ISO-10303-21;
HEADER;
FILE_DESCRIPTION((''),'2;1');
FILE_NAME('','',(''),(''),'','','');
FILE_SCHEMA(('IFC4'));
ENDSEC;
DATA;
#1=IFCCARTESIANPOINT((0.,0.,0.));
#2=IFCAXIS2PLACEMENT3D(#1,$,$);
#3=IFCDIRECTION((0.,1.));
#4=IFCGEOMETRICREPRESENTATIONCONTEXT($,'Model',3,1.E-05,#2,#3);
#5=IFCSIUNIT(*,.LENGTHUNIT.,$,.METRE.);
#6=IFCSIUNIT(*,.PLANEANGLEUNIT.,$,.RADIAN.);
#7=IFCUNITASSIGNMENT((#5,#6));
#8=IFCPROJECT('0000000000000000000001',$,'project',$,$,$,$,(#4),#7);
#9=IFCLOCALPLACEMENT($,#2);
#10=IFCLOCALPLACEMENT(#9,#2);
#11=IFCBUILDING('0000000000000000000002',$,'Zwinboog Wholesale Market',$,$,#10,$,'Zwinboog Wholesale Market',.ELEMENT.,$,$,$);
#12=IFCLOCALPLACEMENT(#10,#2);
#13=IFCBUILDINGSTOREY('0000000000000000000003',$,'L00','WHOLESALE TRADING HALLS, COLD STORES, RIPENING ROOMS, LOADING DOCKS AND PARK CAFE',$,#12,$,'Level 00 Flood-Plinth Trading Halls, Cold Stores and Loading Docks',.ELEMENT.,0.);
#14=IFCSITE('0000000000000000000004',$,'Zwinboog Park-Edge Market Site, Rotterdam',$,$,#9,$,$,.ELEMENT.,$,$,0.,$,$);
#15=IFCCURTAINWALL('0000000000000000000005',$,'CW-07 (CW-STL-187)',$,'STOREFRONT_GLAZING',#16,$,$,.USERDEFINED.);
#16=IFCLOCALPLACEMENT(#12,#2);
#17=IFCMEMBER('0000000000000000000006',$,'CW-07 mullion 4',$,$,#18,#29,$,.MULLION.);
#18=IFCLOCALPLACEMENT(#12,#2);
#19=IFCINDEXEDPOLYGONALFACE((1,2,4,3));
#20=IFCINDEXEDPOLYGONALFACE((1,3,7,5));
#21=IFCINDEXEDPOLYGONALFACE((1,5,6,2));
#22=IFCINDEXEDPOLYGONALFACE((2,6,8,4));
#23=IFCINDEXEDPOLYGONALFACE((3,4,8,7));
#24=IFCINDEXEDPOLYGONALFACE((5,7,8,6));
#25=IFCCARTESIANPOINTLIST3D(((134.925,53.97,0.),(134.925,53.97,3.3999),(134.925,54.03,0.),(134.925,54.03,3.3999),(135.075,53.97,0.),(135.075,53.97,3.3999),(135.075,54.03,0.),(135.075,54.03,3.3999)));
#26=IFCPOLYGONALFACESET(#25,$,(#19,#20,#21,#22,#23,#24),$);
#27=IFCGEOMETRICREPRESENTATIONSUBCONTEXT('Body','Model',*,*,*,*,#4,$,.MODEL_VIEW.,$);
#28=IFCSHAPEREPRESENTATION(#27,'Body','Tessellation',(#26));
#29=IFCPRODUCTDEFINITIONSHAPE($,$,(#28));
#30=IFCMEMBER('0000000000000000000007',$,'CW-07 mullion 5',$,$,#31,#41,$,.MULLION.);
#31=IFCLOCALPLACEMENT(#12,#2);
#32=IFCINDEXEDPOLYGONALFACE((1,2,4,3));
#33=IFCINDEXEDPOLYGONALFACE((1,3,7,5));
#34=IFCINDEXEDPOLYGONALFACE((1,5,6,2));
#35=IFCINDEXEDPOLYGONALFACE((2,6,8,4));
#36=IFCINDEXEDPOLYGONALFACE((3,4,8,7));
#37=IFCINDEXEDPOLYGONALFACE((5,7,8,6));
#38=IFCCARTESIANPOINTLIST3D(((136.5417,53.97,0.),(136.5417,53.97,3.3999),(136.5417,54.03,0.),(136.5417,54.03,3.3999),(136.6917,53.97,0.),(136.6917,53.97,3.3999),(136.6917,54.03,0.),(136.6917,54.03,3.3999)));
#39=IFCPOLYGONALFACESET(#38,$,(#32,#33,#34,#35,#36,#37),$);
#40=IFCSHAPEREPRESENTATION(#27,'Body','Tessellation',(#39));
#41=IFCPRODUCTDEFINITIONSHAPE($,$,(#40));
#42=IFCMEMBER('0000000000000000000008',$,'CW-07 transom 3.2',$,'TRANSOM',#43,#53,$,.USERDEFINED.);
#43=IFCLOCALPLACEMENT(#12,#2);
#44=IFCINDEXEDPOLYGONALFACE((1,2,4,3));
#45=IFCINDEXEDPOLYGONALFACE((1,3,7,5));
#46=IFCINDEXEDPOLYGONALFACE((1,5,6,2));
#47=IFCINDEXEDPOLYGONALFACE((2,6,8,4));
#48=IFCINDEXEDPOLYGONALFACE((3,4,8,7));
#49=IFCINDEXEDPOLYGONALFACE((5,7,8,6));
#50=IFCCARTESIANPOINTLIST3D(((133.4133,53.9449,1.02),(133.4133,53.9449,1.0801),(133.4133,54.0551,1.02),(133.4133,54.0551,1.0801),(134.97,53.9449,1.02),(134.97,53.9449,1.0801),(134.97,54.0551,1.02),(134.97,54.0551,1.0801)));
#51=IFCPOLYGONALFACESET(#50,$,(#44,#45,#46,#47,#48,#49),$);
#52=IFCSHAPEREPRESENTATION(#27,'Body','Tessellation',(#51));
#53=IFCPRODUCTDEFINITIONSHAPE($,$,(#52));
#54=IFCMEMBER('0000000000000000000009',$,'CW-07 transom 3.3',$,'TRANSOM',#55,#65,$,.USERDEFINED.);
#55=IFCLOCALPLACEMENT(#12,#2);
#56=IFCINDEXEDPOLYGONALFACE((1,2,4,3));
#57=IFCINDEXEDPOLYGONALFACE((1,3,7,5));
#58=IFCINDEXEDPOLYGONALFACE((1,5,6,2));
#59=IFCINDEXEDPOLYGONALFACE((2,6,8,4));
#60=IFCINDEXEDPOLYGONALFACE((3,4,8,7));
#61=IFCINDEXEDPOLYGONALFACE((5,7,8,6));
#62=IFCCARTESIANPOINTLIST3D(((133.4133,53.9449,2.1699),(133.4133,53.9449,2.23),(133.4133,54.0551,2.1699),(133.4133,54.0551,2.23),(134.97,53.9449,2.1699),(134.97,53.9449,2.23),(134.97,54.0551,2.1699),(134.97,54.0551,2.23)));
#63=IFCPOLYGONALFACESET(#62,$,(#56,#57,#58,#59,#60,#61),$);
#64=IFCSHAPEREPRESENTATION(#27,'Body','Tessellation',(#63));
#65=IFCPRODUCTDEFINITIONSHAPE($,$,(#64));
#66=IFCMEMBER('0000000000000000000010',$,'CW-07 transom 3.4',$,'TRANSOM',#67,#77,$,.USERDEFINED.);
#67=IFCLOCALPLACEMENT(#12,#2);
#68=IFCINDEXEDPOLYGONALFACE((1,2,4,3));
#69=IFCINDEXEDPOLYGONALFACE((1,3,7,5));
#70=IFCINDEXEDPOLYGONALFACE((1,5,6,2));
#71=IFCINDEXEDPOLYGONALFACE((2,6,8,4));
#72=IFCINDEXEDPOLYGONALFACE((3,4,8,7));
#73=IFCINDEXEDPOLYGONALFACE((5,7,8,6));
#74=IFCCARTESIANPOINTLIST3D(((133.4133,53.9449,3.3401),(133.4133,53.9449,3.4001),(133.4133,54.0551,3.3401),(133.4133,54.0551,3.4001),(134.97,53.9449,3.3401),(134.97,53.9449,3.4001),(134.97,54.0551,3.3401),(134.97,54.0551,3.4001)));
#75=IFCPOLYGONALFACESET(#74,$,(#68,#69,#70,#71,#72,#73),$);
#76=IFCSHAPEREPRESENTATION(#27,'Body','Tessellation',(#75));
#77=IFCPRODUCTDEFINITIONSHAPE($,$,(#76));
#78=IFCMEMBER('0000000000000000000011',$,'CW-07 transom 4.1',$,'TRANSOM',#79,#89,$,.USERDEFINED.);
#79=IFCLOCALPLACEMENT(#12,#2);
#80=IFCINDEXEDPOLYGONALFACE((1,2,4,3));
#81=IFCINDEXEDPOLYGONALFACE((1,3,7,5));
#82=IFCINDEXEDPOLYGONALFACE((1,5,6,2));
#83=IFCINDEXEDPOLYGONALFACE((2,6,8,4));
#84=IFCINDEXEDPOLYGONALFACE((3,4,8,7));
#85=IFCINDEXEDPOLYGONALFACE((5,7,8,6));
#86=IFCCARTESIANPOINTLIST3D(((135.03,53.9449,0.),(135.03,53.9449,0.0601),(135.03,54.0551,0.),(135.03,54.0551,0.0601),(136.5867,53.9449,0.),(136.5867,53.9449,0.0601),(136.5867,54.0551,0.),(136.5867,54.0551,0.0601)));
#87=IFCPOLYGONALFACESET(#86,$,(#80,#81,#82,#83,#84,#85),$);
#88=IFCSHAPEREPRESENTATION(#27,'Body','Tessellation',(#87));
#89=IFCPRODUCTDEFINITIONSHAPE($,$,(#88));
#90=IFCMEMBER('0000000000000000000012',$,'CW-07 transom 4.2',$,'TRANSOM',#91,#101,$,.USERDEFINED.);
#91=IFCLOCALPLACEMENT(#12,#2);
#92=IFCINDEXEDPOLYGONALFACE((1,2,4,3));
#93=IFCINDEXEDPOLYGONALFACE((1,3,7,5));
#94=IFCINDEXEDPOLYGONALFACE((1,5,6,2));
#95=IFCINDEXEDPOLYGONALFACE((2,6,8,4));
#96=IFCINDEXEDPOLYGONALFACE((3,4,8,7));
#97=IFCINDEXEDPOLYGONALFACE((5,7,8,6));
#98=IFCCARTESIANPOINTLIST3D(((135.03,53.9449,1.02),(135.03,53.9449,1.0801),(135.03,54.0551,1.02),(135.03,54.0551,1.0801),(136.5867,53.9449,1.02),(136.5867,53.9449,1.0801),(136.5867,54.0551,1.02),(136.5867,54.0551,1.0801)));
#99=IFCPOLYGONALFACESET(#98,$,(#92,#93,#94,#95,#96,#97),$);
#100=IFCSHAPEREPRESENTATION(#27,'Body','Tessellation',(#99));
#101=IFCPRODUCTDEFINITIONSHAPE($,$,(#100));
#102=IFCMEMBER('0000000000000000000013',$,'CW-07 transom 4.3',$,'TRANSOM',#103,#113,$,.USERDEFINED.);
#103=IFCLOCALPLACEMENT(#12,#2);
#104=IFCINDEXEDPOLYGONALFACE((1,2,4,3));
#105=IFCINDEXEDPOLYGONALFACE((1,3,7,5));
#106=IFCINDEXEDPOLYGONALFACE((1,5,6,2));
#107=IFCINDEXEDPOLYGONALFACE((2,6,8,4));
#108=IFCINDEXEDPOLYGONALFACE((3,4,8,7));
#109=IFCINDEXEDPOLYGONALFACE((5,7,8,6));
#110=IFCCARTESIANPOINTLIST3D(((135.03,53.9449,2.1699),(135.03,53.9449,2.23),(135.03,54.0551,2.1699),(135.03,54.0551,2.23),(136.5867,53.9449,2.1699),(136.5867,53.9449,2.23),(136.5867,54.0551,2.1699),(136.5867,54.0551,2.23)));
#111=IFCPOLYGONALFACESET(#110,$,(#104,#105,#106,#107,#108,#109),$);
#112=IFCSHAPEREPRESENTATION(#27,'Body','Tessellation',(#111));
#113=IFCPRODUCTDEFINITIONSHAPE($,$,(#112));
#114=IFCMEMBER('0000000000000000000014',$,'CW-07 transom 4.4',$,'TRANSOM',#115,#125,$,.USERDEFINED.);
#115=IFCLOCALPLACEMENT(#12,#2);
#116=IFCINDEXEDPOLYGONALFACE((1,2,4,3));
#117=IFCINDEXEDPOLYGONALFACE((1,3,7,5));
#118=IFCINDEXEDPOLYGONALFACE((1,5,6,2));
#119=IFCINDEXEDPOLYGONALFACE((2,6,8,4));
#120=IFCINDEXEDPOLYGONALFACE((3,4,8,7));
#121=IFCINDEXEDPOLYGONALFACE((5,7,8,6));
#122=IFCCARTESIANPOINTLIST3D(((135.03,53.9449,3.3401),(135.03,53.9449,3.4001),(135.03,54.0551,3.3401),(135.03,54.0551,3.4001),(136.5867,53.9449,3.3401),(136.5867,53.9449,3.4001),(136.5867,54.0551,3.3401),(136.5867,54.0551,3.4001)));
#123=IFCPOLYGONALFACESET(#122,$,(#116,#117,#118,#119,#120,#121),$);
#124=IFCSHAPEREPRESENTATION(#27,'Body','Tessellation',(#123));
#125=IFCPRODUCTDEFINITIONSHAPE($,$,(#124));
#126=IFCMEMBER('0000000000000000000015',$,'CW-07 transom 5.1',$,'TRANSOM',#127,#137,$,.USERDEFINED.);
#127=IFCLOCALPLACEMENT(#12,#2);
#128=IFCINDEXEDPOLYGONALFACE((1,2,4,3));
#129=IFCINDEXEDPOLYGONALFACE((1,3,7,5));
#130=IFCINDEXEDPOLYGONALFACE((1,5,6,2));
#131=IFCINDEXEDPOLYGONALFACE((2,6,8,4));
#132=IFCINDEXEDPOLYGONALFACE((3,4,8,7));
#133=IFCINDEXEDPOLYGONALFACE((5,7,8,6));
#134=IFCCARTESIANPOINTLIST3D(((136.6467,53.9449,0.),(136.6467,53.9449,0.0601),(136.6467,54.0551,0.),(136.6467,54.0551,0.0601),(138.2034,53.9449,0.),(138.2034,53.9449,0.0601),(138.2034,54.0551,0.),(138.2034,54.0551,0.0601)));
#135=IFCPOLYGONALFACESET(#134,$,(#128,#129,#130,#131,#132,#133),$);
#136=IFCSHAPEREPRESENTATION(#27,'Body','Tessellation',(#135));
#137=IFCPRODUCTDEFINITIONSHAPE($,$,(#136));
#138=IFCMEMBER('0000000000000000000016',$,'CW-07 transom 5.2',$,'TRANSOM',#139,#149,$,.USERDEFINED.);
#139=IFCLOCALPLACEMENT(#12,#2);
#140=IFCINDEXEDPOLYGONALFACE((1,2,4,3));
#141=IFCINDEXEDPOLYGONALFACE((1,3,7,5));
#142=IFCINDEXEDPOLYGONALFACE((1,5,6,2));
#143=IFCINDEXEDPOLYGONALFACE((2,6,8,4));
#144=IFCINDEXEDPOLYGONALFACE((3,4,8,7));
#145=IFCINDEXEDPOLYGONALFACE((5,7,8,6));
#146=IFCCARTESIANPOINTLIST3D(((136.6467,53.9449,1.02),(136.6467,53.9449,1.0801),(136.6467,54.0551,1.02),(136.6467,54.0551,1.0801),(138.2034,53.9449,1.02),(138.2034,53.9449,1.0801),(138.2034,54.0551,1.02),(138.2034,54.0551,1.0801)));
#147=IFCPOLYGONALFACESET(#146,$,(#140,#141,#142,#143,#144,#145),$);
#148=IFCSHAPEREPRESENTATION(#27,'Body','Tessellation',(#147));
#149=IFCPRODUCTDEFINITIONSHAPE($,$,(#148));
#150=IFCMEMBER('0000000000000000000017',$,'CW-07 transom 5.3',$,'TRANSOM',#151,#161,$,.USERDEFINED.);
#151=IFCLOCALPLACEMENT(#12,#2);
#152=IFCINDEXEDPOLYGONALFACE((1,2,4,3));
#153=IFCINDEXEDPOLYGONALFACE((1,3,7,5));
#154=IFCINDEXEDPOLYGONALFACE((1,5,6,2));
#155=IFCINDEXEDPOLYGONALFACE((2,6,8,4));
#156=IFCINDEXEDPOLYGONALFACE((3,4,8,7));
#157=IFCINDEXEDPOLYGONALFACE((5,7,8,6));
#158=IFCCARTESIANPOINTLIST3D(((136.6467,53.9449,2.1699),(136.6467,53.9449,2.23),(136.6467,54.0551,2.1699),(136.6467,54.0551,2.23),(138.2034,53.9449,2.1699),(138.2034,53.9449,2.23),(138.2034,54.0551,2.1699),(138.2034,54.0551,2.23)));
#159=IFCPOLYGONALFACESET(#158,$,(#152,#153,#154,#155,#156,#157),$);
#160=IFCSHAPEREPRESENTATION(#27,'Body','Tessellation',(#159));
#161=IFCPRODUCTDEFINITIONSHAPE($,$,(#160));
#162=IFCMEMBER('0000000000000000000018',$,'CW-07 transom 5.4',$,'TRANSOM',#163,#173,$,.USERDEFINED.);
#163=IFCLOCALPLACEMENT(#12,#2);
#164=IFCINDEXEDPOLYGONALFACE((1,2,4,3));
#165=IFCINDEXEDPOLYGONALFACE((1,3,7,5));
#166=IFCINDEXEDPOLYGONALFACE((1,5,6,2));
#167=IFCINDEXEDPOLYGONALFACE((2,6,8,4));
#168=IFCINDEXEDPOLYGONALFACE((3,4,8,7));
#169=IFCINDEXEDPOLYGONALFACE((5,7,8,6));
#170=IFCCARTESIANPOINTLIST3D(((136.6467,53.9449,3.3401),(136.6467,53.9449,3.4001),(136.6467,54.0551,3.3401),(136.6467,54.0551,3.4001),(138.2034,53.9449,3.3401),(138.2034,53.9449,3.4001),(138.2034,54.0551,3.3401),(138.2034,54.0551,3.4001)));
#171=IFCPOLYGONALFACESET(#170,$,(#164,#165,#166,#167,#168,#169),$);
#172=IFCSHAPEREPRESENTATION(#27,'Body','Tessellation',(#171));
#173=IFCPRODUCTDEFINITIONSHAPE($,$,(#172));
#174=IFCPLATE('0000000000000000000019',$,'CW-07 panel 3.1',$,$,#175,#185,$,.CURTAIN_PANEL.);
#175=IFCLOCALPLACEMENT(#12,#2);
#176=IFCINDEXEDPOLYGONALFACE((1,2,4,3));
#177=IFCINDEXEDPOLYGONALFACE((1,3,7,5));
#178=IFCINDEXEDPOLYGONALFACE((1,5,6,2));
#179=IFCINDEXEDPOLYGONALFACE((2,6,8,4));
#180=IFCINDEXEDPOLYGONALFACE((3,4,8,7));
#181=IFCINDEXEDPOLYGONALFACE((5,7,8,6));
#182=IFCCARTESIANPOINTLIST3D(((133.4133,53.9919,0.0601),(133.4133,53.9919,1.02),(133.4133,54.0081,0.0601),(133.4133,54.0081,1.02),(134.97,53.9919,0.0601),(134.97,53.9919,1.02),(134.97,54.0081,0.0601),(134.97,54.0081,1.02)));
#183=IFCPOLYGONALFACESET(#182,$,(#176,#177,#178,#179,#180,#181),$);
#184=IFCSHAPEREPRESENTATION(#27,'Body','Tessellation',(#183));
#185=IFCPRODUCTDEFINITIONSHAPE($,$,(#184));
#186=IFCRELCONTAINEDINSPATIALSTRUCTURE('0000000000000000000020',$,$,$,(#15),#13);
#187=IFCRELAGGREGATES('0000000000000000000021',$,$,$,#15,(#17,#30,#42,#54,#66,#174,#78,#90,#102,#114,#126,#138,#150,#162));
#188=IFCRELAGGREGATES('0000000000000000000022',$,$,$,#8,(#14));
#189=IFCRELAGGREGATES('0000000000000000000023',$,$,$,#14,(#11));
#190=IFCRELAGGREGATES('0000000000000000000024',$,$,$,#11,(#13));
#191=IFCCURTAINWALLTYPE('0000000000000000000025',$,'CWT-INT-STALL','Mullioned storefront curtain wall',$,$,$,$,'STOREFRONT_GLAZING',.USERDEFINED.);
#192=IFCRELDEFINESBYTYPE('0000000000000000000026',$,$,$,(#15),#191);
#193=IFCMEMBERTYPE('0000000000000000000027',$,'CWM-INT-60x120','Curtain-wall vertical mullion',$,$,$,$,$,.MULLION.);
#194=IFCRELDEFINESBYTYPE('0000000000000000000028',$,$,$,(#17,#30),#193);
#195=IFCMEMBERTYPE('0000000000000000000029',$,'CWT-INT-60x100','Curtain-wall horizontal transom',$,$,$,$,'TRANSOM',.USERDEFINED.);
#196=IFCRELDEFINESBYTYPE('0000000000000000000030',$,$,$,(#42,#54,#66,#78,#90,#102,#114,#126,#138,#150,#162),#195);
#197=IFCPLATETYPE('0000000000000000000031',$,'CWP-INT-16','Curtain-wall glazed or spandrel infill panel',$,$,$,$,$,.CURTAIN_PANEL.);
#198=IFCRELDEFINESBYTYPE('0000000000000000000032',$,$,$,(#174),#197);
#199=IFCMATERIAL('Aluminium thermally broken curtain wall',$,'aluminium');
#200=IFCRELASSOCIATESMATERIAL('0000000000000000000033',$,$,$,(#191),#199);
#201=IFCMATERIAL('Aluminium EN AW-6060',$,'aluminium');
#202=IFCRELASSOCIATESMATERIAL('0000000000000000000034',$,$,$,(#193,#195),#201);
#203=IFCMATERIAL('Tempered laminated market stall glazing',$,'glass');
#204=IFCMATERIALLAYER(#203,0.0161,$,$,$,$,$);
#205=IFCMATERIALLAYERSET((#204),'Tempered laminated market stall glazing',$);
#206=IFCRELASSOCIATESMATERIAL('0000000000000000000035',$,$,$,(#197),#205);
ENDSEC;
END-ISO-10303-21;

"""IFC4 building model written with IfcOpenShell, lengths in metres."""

from ifc_helpers import new_model, si_unit, direction, frame, origin, origin_2d, place, context, subcontext, project, spatial, rectangle, extrude, material, layer, layer_set, material_profile, profile_set, type_object, element, aggregate, save


model = new_model("IFC4")

# Units and contexts
model_context = context("Model", 3, precision=1e-05, world=origin(), true_north=direction((0.0, 1.0)))
body_context = subcontext(model_context, "Body", "Model", "MODEL_VIEW")
ifc_project = project(units=[si_unit("LENGTHUNIT", "METRE"), si_unit("PLANEANGLEUNIT", "RADIAN")], contexts=[model_context])

# Site, building, storey
site_placement = place(None, origin())
site = spatial("IfcSite", under=ifc_project, at=site_placement, Name="Zwinboog Park-Edge Market Site, Rotterdam", CompositionType="ELEMENT", RefElevation=0.0)
building_placement = place(site_placement, origin())
building = spatial("IfcBuilding", under=site, at=building_placement, Name="Zwinboog Wholesale Market", LongName="Zwinboog Wholesale Market", CompositionType="ELEMENT")
storey_placement = place(building_placement, origin())
storey = spatial("IfcBuildingStorey", under=building, at=storey_placement, Name="L00", Description="WHOLESALE TRADING HALLS, COLD STORES, RIPENING ROOMS, LOADING DOCKS AND PARK CAFE", LongName="Level 00 Flood-Plinth Trading Halls, Cold Stores and Loading Docks", CompositionType="ELEMENT", Elevation=0.0)

# Curtain wall, members, plate
ifc_material_1 = material(Name="Aluminium thermally broken curtain wall", Category="aluminium")
curtain_wall_type = type_object("IfcCurtainWallType", Name="CWT-INT-STALL", Description="Mullioned storefront curtain wall", ElementType="STOREFRONT_GLAZING", PredefinedType="USERDEFINED", material=ifc_material_1)
curtain_wall_placement = place(storey_placement, origin())
curtain_wall = element("IfcCurtainWall", 1, at=curtain_wall_placement, inside=storey, type_object=curtain_wall_type, Name="CW-07 (CW-STL-187)", ObjectType="STOREFRONT_GLAZING", PredefinedType="USERDEFINED")
ifc_material_2 = material(Name="Aluminium EN AW-6060", Category="aluminium")
ifc_material_profile_1 = material_profile(ifc_material_2, rectangle(XDim=0.0601, YDim=0.1499, at=origin_2d()), Name="AL 60x150")
ifc_profile_set_1 = profile_set([ifc_material_profile_1], Name="Aluminium EN AW-6060")
member_type_1 = type_object("IfcMemberType", Name="CWM-INT-60x120", Description="Curtain-wall vertical mullion", PredefinedType="MULLION", material=ifc_profile_set_1)
member_1_placement = place(storey_placement, frame((135.0, 54.0, 0.0), z_axis=(0.0, 0.0, 1.0), x_axis=(0.0, 1.0, 0.0)))
member_1 = element("IfcMember", 2, at=member_1_placement, type_object=member_type_1, Name="CW-07 mullion 4", PredefinedType="MULLION", context=body_context, shape_type="SweptSolid", body=[
    extrude(rectangle(XDim=0.0601, YDim=0.1499, at=origin_2d()), origin(), (0.0, 0.0, 1.0), 3.3999),
])
member_2_placement = place(storey_placement, frame((136.6167, 54.0, 0.0), z_axis=(0.0, 0.0, 1.0), x_axis=(0.0, 1.0, 0.0)))
member_2 = element("IfcMember", 3, at=member_2_placement, type_object=member_type_1, Name="CW-07 mullion 5", PredefinedType="MULLION", context=body_context, shape_type="SweptSolid", body=[
    extrude(rectangle(XDim=0.0601, YDim=0.1499, at=origin_2d()), origin(), (0.0, 0.0, 1.0), 3.3999),
])
ifc_material_profile_2 = material_profile(ifc_material_2, rectangle(XDim=0.1101, YDim=0.0601, at=origin_2d()), Name="AL 60x110")
ifc_profile_set_2 = profile_set([ifc_material_profile_2], Name="Aluminium EN AW-6060")
member_type_2 = type_object("IfcMemberType", Name="CWT-INT-60x100", Description="Curtain-wall horizontal transom", ElementType="TRANSOM", PredefinedType="USERDEFINED", material=ifc_profile_set_2)
member_3_placement = place(storey_placement, frame((133.4133, 54.0, 1.05), z_axis=(1.0, 0.0, 0.0), x_axis=(0.0, 1.0, 0.0)))
member_3 = element("IfcMember", 4, at=member_3_placement, type_object=member_type_2, Name="CW-07 transom 3.2", ObjectType="TRANSOM", PredefinedType="USERDEFINED", context=body_context, shape_type="SweptSolid", body=[
    extrude(rectangle(XDim=0.1101, YDim=0.0601, at=origin_2d()), origin(), (0.0, 0.0, 1.0), 1.5566),
])
member_4_placement = place(storey_placement, frame((133.4133, 54.0, 2.2), z_axis=(1.0, 0.0, 0.0), x_axis=(0.0, 1.0, 0.0)))
member_4 = element("IfcMember", 5, at=member_4_placement, type_object=member_type_2, Name="CW-07 transom 3.3", ObjectType="TRANSOM", PredefinedType="USERDEFINED", context=body_context, shape_type="SweptSolid", body=[
    extrude(rectangle(XDim=0.1101, YDim=0.0601, at=origin_2d()), origin(), (0.0, 0.0, 1.0), 1.5566),
])
member_5_placement = place(storey_placement, frame((133.4133, 54.0, 3.3701), z_axis=(1.0, 0.0, 0.0), x_axis=(0.0, 1.0, 0.0)))
member_5 = element("IfcMember", 6, at=member_5_placement, type_object=member_type_2, Name="CW-07 transom 3.4", ObjectType="TRANSOM", PredefinedType="USERDEFINED", context=body_context, shape_type="SweptSolid", body=[
    extrude(rectangle(XDim=0.1101, YDim=0.0601, at=origin_2d()), origin(), (0.0, 0.0, 1.0), 1.5566),
])
member_6_placement = place(storey_placement, frame((135.03, 54.0, 0.03), z_axis=(1.0, 0.0, 0.0), x_axis=(0.0, 1.0, 0.0)))
member_6 = element("IfcMember", 7, at=member_6_placement, type_object=member_type_2, Name="CW-07 transom 4.1", ObjectType="TRANSOM", PredefinedType="USERDEFINED", context=body_context, shape_type="SweptSolid", body=[
    extrude(rectangle(XDim=0.1101, YDim=0.0601, at=origin_2d()), origin(), (0.0, 0.0, 1.0), 1.5566),
])
member_7_placement = place(storey_placement, frame((135.03, 54.0, 1.05), z_axis=(1.0, 0.0, 0.0), x_axis=(0.0, 1.0, 0.0)))
member_7 = element("IfcMember", 8, at=member_7_placement, type_object=member_type_2, Name="CW-07 transom 4.2", ObjectType="TRANSOM", PredefinedType="USERDEFINED", context=body_context, shape_type="SweptSolid", body=[
    extrude(rectangle(XDim=0.1101, YDim=0.0601, at=origin_2d()), origin(), (0.0, 0.0, 1.0), 1.5566),
])
member_8_placement = place(storey_placement, frame((135.03, 54.0, 2.2), z_axis=(1.0, 0.0, 0.0), x_axis=(0.0, 1.0, 0.0)))
member_8 = element("IfcMember", 9, at=member_8_placement, type_object=member_type_2, Name="CW-07 transom 4.3", ObjectType="TRANSOM", PredefinedType="USERDEFINED", context=body_context, shape_type="SweptSolid", body=[
    extrude(rectangle(XDim=0.1101, YDim=0.0601, at=origin_2d()), origin(), (0.0, 0.0, 1.0), 1.5566),
])
member_9_placement = place(storey_placement, frame((135.03, 54.0, 3.3701), z_axis=(1.0, 0.0, 0.0), x_axis=(0.0, 1.0, 0.0)))
member_9 = element("IfcMember", 10, at=member_9_placement, type_object=member_type_2, Name="CW-07 transom 4.4", ObjectType="TRANSOM", PredefinedType="USERDEFINED", context=body_context, shape_type="SweptSolid", body=[
    extrude(rectangle(XDim=0.1101, YDim=0.0601, at=origin_2d()), origin(), (0.0, 0.0, 1.0), 1.5566),
])
member_10_placement = place(storey_placement, frame((136.6467, 54.0, 0.03), z_axis=(1.0, 0.0, 0.0), x_axis=(0.0, 1.0, 0.0)))
member_10 = element("IfcMember", 11, at=member_10_placement, type_object=member_type_2, Name="CW-07 transom 5.1", ObjectType="TRANSOM", PredefinedType="USERDEFINED", context=body_context, shape_type="SweptSolid", body=[
    extrude(rectangle(XDim=0.1101, YDim=0.0601, at=origin_2d()), origin(), (0.0, 0.0, 1.0), 1.5566),
])
member_11_placement = place(storey_placement, frame((136.6467, 54.0, 1.05), z_axis=(1.0, 0.0, 0.0), x_axis=(0.0, 1.0, 0.0)))
member_11 = element("IfcMember", 12, at=member_11_placement, type_object=member_type_2, Name="CW-07 transom 5.2", ObjectType="TRANSOM", PredefinedType="USERDEFINED", context=body_context, shape_type="SweptSolid", body=[
    extrude(rectangle(XDim=0.1101, YDim=0.0601, at=origin_2d()), origin(), (0.0, 0.0, 1.0), 1.5566),
])
member_12_placement = place(storey_placement, frame((136.6467, 54.0, 2.2), z_axis=(1.0, 0.0, 0.0), x_axis=(0.0, 1.0, 0.0)))
member_12 = element("IfcMember", 13, at=member_12_placement, type_object=member_type_2, Name="CW-07 transom 5.3", ObjectType="TRANSOM", PredefinedType="USERDEFINED", context=body_context, shape_type="SweptSolid", body=[
    extrude(rectangle(XDim=0.1101, YDim=0.0601, at=origin_2d()), origin(), (0.0, 0.0, 1.0), 1.5566),
])
member_13_placement = place(storey_placement, frame((136.6467, 54.0, 3.3701), z_axis=(1.0, 0.0, 0.0), x_axis=(0.0, 1.0, 0.0)))
member_13 = element("IfcMember", 14, at=member_13_placement, type_object=member_type_2, Name="CW-07 transom 5.4", ObjectType="TRANSOM", PredefinedType="USERDEFINED", context=body_context, shape_type="SweptSolid", body=[
    extrude(rectangle(XDim=0.1101, YDim=0.0601, at=origin_2d()), origin(), (0.0, 0.0, 1.0), 1.5566),
])
ifc_material_3 = material(Name="Tempered laminated market stall glazing", Category="glass")
ifc_layer = layer(ifc_material_3, 0.0161)
ifc_layer_set = layer_set([ifc_layer], Name="Tempered laminated market stall glazing")
plate_type = type_object("IfcPlateType", Name="CWP-INT-16", Description="Curtain-wall glazed or spandrel infill panel", PredefinedType="CURTAIN_PANEL", material=ifc_layer_set)
plate_1_placement = place(storey_placement, frame((134.1917, 54.0, 0.0601), z_axis=(0.0, 0.0, 1.0), x_axis=(1.0, 0.0, 0.0)))
plate_1 = element("IfcPlate", 15, at=plate_1_placement, type_object=plate_type, Name="CW-07 panel 3.1", PredefinedType="CURTAIN_PANEL", context=body_context, shape_type="SweptSolid", body=[
    extrude(rectangle(XDim=1.5566, YDim=0.0161, at=origin_2d()), origin(), (0.0, 0.0, 1.0), 0.96),
])
aggregate(curtain_wall, [member_1, member_2, member_3, member_4, member_5, plate_1, member_6, member_7, member_8, member_9, member_10, member_11, member_12, member_13])

save(model, "model.ifc")
